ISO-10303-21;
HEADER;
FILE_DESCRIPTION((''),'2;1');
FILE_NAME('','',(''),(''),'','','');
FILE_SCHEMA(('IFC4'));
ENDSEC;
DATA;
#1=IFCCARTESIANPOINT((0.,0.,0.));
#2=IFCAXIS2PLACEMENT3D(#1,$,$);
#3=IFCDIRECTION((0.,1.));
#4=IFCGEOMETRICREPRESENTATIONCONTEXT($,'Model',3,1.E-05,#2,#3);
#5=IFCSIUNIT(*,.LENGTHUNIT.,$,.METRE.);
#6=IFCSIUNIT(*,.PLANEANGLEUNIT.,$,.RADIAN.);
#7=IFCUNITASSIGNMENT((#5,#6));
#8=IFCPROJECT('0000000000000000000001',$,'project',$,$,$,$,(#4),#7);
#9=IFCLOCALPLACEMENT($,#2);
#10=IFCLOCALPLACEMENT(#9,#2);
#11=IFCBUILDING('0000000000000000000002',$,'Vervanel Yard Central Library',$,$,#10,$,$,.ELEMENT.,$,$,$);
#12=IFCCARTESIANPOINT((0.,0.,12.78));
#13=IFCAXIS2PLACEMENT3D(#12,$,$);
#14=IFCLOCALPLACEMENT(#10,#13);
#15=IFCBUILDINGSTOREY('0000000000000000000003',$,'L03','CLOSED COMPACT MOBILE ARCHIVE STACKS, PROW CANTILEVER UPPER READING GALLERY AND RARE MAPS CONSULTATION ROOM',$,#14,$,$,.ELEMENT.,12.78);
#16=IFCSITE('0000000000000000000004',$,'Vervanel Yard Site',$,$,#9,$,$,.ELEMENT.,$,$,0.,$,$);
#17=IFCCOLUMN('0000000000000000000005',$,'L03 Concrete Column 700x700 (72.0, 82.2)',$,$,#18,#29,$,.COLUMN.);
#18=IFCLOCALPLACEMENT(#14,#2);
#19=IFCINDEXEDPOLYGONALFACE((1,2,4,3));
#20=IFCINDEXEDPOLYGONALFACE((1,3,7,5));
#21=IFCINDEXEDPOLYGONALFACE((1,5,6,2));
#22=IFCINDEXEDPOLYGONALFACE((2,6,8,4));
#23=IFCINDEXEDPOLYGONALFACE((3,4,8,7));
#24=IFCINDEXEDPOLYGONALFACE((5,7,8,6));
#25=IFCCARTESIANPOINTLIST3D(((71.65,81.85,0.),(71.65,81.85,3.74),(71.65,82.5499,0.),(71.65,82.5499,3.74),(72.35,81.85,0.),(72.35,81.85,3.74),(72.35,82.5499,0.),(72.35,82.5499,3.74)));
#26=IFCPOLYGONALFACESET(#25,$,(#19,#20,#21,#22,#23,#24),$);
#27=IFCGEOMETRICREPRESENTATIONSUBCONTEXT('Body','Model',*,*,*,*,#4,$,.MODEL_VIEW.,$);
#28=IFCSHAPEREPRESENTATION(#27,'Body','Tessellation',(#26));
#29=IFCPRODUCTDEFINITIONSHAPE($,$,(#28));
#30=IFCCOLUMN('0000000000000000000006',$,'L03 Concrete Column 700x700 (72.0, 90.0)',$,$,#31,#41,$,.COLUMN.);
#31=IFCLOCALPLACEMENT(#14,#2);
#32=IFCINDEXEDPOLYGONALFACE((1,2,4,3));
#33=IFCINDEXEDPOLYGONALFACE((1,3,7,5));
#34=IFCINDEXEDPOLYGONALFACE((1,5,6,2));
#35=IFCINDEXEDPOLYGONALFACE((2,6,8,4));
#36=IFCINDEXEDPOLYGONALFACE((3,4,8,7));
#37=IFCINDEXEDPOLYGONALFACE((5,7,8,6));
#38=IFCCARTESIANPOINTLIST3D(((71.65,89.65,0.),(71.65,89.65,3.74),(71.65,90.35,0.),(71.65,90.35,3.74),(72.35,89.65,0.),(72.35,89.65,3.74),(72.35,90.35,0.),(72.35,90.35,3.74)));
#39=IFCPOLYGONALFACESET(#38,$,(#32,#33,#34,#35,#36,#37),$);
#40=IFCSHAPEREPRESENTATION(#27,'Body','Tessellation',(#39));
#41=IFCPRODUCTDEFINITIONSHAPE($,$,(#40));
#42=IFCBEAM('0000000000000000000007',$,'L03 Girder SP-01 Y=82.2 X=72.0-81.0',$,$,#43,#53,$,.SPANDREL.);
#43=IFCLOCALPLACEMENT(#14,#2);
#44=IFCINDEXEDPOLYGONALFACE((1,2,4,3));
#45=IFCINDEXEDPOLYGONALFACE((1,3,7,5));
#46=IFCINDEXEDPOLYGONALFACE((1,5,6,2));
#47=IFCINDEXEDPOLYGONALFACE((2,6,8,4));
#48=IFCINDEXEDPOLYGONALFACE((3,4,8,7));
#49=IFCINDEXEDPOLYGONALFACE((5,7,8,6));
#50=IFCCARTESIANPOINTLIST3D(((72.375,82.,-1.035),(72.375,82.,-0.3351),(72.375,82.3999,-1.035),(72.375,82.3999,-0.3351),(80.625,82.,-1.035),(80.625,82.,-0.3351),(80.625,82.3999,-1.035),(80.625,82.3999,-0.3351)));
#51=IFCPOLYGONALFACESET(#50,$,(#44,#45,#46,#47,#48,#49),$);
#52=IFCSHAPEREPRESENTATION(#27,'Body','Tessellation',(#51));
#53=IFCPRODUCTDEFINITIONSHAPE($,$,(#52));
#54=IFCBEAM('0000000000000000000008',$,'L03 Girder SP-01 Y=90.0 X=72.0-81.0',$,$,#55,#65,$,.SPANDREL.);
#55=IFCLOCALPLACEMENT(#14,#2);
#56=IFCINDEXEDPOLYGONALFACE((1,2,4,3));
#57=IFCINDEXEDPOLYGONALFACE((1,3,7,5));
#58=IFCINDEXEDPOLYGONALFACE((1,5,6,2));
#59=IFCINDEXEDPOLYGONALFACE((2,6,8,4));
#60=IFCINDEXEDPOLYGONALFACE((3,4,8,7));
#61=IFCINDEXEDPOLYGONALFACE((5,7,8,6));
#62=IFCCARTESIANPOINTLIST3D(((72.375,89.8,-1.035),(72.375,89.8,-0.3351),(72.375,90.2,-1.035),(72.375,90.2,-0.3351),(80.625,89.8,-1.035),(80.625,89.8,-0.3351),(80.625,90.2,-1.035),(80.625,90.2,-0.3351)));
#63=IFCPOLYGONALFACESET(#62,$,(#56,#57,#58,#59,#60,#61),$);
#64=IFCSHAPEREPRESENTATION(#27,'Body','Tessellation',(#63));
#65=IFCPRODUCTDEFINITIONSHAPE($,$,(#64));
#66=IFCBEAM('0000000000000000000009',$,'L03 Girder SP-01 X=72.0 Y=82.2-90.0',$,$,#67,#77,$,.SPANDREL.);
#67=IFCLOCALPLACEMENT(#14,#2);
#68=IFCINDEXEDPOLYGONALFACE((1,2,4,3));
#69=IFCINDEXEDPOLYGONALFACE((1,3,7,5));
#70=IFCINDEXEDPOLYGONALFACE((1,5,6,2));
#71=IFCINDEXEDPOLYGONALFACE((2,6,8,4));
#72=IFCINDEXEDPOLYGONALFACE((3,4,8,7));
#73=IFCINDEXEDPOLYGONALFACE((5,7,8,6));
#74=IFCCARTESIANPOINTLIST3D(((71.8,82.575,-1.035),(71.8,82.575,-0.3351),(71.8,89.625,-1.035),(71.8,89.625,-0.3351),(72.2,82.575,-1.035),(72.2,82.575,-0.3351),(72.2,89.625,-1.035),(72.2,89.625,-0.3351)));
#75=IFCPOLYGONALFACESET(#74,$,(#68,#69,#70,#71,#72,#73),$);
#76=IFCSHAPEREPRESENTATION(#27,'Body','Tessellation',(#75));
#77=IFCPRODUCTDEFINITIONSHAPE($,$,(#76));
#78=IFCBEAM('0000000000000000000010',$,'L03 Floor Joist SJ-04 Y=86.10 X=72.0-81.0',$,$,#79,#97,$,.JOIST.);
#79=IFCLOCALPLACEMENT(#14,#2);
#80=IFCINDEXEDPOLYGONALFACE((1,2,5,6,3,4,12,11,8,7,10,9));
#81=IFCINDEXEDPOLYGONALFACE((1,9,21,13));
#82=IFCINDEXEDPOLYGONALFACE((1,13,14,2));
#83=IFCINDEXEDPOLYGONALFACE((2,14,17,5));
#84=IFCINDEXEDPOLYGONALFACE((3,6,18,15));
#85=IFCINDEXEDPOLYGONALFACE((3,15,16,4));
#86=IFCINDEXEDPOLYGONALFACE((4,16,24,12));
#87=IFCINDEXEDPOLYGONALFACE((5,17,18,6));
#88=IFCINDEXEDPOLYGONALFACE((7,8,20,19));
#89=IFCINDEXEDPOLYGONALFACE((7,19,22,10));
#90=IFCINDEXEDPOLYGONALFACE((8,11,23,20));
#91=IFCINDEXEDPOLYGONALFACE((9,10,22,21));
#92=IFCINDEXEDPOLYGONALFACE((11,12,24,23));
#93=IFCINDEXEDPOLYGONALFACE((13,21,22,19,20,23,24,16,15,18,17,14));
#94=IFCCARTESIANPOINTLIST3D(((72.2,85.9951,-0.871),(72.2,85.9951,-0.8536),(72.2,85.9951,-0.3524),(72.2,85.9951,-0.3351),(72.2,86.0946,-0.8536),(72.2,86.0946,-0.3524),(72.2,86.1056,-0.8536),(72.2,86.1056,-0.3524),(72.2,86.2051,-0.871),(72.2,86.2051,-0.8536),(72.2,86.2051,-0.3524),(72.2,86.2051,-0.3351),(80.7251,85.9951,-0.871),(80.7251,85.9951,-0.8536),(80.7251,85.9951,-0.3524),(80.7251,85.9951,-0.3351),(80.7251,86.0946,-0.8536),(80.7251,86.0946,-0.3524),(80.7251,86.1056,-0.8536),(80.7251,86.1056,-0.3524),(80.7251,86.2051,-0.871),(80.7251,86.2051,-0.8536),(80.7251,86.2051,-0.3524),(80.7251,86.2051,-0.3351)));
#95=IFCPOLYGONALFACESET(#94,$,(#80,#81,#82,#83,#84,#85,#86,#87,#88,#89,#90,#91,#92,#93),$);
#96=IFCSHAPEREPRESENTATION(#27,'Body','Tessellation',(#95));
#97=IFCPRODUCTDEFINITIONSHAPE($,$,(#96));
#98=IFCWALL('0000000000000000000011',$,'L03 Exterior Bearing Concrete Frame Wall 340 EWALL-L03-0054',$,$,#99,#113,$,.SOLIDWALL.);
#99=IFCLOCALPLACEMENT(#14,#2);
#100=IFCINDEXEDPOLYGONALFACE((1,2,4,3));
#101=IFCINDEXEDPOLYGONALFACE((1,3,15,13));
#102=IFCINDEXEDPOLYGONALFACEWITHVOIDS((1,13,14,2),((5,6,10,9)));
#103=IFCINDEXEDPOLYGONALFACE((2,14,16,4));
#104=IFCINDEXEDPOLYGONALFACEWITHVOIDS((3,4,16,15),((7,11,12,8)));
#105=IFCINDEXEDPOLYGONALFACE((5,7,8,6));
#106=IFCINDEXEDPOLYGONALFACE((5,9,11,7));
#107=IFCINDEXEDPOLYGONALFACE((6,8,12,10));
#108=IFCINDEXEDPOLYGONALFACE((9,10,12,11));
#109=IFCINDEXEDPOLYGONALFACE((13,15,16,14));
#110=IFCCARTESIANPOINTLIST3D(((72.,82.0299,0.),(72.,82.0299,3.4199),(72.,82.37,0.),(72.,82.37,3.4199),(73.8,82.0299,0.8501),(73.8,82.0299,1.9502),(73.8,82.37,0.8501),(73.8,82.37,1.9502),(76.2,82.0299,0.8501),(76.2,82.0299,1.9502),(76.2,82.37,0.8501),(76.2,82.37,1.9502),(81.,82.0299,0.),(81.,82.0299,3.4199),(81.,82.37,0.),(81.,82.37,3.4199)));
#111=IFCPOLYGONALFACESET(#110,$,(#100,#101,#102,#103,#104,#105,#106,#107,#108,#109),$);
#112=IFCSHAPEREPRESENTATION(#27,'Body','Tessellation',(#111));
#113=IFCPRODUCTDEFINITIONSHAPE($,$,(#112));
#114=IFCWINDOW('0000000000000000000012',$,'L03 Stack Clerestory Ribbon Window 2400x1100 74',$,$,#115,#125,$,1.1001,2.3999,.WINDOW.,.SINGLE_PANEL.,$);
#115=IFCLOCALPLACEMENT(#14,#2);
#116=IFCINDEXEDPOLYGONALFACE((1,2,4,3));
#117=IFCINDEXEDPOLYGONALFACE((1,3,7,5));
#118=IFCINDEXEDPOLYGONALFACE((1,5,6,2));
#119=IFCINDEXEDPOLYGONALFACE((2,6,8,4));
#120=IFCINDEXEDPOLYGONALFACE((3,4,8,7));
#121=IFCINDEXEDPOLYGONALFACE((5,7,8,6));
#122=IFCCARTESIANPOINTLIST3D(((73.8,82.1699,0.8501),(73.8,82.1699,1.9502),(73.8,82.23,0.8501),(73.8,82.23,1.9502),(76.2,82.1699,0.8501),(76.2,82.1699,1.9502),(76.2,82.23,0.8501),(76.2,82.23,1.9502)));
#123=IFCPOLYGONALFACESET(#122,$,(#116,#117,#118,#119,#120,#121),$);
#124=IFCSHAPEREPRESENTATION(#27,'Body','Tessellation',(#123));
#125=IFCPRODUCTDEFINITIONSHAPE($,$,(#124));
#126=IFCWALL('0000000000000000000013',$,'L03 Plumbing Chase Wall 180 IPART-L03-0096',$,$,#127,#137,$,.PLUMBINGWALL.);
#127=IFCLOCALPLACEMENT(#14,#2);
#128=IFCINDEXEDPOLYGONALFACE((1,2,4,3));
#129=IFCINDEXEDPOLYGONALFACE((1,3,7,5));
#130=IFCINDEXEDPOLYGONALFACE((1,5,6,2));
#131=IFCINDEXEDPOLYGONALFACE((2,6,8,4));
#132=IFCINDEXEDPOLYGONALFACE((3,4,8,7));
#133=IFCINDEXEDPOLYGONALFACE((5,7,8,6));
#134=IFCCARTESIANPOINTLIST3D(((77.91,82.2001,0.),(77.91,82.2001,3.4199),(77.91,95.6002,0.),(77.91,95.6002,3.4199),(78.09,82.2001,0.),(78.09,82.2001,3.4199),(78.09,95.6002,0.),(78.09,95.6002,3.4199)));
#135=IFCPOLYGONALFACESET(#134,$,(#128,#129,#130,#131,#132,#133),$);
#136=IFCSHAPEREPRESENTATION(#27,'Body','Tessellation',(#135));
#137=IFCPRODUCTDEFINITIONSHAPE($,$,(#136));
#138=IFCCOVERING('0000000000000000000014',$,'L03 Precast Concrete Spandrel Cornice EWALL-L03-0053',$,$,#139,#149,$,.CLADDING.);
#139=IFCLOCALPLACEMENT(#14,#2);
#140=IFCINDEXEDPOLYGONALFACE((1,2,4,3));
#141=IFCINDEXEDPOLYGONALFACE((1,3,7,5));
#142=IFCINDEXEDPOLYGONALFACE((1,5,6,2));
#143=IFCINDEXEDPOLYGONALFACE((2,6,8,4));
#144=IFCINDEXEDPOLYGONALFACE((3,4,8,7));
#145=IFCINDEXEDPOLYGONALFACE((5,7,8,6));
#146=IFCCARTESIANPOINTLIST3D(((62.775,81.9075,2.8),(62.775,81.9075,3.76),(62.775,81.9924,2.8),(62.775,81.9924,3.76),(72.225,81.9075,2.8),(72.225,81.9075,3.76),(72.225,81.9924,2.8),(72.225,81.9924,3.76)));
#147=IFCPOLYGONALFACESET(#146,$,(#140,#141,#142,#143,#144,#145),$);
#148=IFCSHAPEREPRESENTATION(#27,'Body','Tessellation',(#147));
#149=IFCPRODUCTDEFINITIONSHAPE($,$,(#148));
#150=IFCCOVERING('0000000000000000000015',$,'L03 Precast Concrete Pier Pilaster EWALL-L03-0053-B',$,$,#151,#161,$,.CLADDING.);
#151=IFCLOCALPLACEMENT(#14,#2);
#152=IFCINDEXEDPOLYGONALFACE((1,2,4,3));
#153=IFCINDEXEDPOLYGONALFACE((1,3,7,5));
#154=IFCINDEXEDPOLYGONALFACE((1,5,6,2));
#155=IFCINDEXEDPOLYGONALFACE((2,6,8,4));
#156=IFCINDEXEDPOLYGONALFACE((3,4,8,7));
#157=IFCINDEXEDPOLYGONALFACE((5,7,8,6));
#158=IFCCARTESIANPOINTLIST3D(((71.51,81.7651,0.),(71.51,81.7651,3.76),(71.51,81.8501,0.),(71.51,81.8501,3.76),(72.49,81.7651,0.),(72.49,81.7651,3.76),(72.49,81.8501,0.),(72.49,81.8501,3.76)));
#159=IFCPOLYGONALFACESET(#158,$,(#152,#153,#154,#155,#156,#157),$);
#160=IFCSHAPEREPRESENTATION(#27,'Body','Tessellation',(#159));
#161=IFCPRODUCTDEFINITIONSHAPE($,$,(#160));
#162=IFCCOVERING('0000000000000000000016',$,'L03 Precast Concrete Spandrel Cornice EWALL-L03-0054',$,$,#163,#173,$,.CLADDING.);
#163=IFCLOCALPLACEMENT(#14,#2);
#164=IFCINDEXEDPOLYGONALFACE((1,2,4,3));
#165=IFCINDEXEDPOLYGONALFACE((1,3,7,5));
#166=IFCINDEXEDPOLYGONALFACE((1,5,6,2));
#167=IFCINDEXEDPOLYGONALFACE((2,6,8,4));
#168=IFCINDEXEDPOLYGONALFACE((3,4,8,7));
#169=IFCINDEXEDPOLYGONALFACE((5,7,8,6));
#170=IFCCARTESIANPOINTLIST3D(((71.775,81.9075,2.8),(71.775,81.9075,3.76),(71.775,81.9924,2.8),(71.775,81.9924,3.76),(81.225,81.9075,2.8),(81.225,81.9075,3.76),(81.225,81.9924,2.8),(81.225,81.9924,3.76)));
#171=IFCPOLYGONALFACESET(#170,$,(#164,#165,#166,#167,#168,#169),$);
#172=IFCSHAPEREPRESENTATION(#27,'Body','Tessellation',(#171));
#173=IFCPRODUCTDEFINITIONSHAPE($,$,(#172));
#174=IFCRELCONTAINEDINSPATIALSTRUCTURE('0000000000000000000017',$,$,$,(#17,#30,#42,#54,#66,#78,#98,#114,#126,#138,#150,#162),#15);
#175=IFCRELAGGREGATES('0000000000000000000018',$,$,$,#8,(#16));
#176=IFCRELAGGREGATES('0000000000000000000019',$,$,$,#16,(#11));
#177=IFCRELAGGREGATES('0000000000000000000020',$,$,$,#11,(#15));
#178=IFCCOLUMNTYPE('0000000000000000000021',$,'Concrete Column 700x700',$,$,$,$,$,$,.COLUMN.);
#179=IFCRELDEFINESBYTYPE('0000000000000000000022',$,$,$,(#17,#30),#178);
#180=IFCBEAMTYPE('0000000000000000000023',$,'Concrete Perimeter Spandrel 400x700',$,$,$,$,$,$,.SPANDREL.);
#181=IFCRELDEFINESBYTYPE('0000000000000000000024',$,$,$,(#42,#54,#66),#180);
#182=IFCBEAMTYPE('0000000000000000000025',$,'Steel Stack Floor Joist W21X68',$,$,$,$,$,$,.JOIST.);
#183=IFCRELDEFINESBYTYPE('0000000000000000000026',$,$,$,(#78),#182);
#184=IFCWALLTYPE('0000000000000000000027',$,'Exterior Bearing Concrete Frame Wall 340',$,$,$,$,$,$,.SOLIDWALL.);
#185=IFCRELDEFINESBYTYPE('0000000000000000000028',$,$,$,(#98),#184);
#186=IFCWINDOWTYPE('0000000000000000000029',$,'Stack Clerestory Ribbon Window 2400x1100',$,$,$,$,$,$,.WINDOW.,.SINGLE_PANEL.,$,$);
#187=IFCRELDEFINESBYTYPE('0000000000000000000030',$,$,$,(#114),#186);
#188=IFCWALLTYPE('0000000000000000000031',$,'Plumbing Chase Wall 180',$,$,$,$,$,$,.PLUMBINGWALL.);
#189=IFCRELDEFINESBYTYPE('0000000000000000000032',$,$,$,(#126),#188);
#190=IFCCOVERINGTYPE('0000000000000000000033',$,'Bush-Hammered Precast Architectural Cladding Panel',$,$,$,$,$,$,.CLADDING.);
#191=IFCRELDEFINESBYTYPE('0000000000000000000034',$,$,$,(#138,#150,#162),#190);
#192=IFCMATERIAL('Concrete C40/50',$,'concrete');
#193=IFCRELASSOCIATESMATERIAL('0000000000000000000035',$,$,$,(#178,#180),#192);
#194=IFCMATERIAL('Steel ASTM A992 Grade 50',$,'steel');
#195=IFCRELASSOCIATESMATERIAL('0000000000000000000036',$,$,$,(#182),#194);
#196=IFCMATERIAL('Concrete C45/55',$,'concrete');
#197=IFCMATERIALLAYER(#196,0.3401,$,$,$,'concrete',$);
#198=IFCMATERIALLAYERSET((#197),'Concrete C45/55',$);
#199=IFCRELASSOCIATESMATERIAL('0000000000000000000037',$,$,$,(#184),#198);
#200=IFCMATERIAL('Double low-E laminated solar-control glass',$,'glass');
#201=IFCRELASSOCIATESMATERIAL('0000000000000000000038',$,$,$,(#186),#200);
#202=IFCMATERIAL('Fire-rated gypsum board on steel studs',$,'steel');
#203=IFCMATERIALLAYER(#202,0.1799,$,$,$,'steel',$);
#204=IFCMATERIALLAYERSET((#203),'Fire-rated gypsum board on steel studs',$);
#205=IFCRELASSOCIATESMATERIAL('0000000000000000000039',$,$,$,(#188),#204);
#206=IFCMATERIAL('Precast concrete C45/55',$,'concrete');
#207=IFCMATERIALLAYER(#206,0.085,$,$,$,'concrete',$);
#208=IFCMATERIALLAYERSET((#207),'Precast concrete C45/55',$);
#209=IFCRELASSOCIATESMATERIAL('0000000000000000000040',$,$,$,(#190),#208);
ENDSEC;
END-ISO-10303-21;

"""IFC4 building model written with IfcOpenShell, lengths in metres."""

from ifc_helpers import new_model, si_unit, direction, frame, frame_2d, origin, origin_2d, place, context, subcontext, project, spatial, rectangle, i_section, extrude, material, layer, layer_set, material_profile, profile_set, type_object, element, fill, save


model = new_model("IFC4")

# Units and contexts
model_context = context("Model", 3, precision=1e-05, world=origin(), true_north=direction((0.0, 1.0)))
body_context = subcontext(model_context, "Body", "Model", "MODEL_VIEW")
ifc_project = project(units=[si_unit("LENGTHUNIT", "METRE"), si_unit("PLANEANGLEUNIT", "RADIAN")], contexts=[model_context])

# Site, building, storey
site_placement = place(None, origin())
site = spatial("IfcSite", under=ifc_project, at=site_placement, Name="Vervanel Yard Site", CompositionType="ELEMENT", RefElevation=0.0)
building_placement = place(site_placement, origin())
building = spatial("IfcBuilding", under=site, at=building_placement, Name="Vervanel Yard Central Library", CompositionType="ELEMENT")
storey_placement = place(building_placement, frame((0.0, 0.0, 12.78)))
storey = spatial("IfcBuildingStorey", under=building, at=storey_placement, Name="L03", Description="CLOSED COMPACT MOBILE ARCHIVE STACKS, PROW CANTILEVER UPPER READING GALLERY AND RARE MAPS CONSULTATION ROOM", CompositionType="ELEMENT", Elevation=12.78)

# Columns
ifc_material_1 = material(Name="Concrete C40/50", Category="concrete")
ifc_material_profile_1 = material_profile(ifc_material_1, rectangle(XDim=0.7, YDim=0.7, at=origin_2d()), Name="RC 700x700", Category="concrete")
ifc_profile_set_1 = profile_set([ifc_material_profile_1], Name="Concrete C40/50")
column_type = type_object("IfcColumnType", Name="Concrete Column 700x700", PredefinedType="COLUMN", material=ifc_profile_set_1)
for number, where, z_axis, x_axis, name in (
    (1, (72.0, 82.2, 0.0), (0.0, 0.0, 1.0), (1.0, 0.0, 0.0), "L03 Concrete Column 700x700 (72.0, 82.2)"),
    (2, (72.0, 90.0, 0.0), (0.0, 0.0, 1.0), (1.0, 0.0, 0.0), "L03 Concrete Column 700x700 (72.0, 90.0)"),
):
    element("IfcColumn", number, at=place(storey_placement, frame(where, z_axis=z_axis, x_axis=x_axis)), inside=storey, type_object=column_type, Name=name, PredefinedType="COLUMN", context=body_context, shape_type="SweptSolid", body=[
        extrude(rectangle(XDim=0.7, YDim=0.7, at=origin_2d()), origin(), (0.0, 0.0, 1.0), 3.74),
    ])

# Beams
ifc_material_profile_2 = material_profile(ifc_material_1, rectangle(XDim=0.3999, YDim=0.7, at=origin_2d()), Name="RC 400x700", Category="concrete")
ifc_profile_set_2 = profile_set([ifc_material_profile_2], Name="Concrete C40/50")
beam_type_1 = type_object("IfcBeamType", Name="Concrete Perimeter Spandrel 400x700", PredefinedType="SPANDREL", material=ifc_profile_set_2)
for number, where, z_axis, x_axis, name in (
    (3, (72.375, 82.2, -0.6851), (1.0, 0.0, 0.0), (0.0, 1.0, 0.0), "L03 Girder SP-01 Y=82.2 X=72.0-81.0"),
    (4, (72.375, 90.0, -0.6851), (1.0, 0.0, 0.0), (0.0, 1.0, 0.0), "L03 Girder SP-01 Y=90.0 X=72.0-81.0"),
):
    element("IfcBeam", number, at=place(storey_placement, frame(where, z_axis=z_axis, x_axis=x_axis)), inside=storey, type_object=beam_type_1, Name=name, PredefinedType="SPANDREL", context=body_context, shape_type="SweptSolid", body=[
        extrude(rectangle(XDim=0.3999, YDim=0.7, at=origin_2d()), origin(), (0.0, 0.0, 1.0), 8.25),
    ])
beam_1_placement = place(storey_placement, frame((72.0, 82.575, -0.6851), z_axis=(0.0, 1.0, 0.0), x_axis=(-1.0, 0.0, 0.0)))
element("IfcBeam", 5, at=beam_1_placement, inside=storey, type_object=beam_type_1, Name="L03 Girder SP-01 X=72.0 Y=82.2-90.0", PredefinedType="SPANDREL", context=body_context, shape_type="SweptSolid", body=[
    extrude(rectangle(XDim=0.3999, YDim=0.7, at=origin_2d()), origin(), (0.0, 0.0, 1.0), 7.05),
])
ifc_material_2 = material(Name="Steel ASTM A992 Grade 50", Category="steel")
ifc_material_profile_3 = material_profile(ifc_material_2, i_section(OverallWidth=0.21, OverallDepth=0.5359, WebThickness=0.011, FlangeThickness=0.0173, at=origin_2d()), Name="W21X68", Category="steel")
ifc_profile_set_3 = profile_set([ifc_material_profile_3], Name="Steel ASTM A992 Grade 50")
beam_type_2 = type_object("IfcBeamType", Name="Steel Stack Floor Joist W21X68", PredefinedType="JOIST", material=ifc_profile_set_3)
beam_2_placement = place(storey_placement, frame((72.2, 86.1001, -0.603), z_axis=(1.0, 0.0, 0.0), x_axis=(0.0, 1.0, 0.0)))
element("IfcBeam", 6, at=beam_2_placement, inside=storey, type_object=beam_type_2, Name="L03 Floor Joist SJ-04 Y=86.10 X=72.0-81.0", PredefinedType="JOIST", context=body_context, shape_type="SweptSolid", body=[
    extrude(i_section(OverallWidth=0.21, OverallDepth=0.5359, WebThickness=0.011, FlangeThickness=0.0173, at=origin_2d()), origin(), (0.0, 0.0, 1.0), 8.5251),
])

# Wall, opening, window
ifc_material_3 = material(Name="Concrete C45/55", Category="concrete")
ifc_layer_1 = layer(ifc_material_3, 0.3401, Category="concrete")
ifc_layer_set_1 = layer_set([ifc_layer_1], Name="Concrete C45/55")
wall_type_1 = type_object("IfcWallType", Name="Exterior Bearing Concrete Frame Wall 340", PredefinedType="SOLIDWALL", material=ifc_layer_set_1)
wall_1_placement = place(storey_placement, frame((72.0, 82.2, 0.0), z_axis=(0.0, 0.0, 1.0), x_axis=(1.0, 0.0, 0.0)))
wall_1 = element("IfcWall", 7, at=wall_1_placement, inside=storey, type_object=wall_type_1, Name="L03 Exterior Bearing Concrete Frame Wall 340 EWALL-L03-0054", PredefinedType="SOLIDWALL", context=body_context, shape_type="SweptSolid", body=[
    extrude(rectangle(XDim=9.0, YDim=0.3401, at=frame_2d((4.5, 0.0))), origin(), (0.0, 0.0, 1.0), 3.4199),
])
opening_placement = place(wall_1_placement, frame((1.8, 0.0, 0.8501)))
opening = element("IfcOpeningElement", 8, at=opening_placement, cuts=wall_1, PredefinedType="OPENING", context=body_context, shape_type="SweptSolid", body=[
    extrude(rectangle(XDim=2.3999, YDim=1.1001, at=frame_2d((1.2, 0.55))), frame((0.0, 0.1799, 0.0), z_axis=(0.0, -1.0, 0.0), x_axis=(1.0, 0.0, 0.0)), (0.0, 0.0, 1.0), 0.3601),
])
ifc_material_4 = material(Name="Double low-E laminated solar-control glass", Category="glass")
window_type = type_object("IfcWindowType", Name="Stack Clerestory Ribbon Window 2400x1100", PartitioningType="SINGLE_PANEL", PredefinedType="WINDOW", material=ifc_material_4)
window_placement = place(opening_placement, origin())
window = element("IfcWindow", 9, at=window_placement, inside=storey, type_object=window_type, Name="L03 Stack Clerestory Ribbon Window 2400x1100 74", OverallHeight=1.1001, OverallWidth=2.3999, PartitioningType="SINGLE_PANEL", PredefinedType="WINDOW", context=body_context, shape_type="SweptSolid", body=[
    extrude(rectangle(XDim=2.3999, YDim=1.1001, at=frame_2d((1.2, 0.55))), frame((0.0, 0.03, 0.0), z_axis=(0.0, -1.0, 0.0), x_axis=(1.0, 0.0, 0.0)), (0.0, 0.0, 1.0), 0.0601),
])
fill(opening, window)

# Wall
ifc_material_5 = material(Name="Fire-rated gypsum board on steel studs", Category="steel")
ifc_layer_2 = layer(ifc_material_5, 0.1799, Category="steel")
ifc_layer_set_2 = layer_set([ifc_layer_2], Name="Fire-rated gypsum board on steel studs")
wall_type_2 = type_object("IfcWallType", Name="Plumbing Chase Wall 180", PredefinedType="PLUMBINGWALL", material=ifc_layer_set_2)
wall_2_placement = place(storey_placement, frame((78.0, 82.2, 0.0), z_axis=(0.0, 0.0, 1.0), x_axis=(0.0, 1.0, 0.0)))
element("IfcWall", 10, at=wall_2_placement, inside=storey, type_object=wall_type_2, Name="L03 Plumbing Chase Wall 180 IPART-L03-0096", PredefinedType="PLUMBINGWALL", context=body_context, shape_type="SweptSolid", body=[
    extrude(rectangle(XDim=13.4001, YDim=0.1799, at=frame_2d((6.7002, 0.0))), origin(), (0.0, 0.0, 1.0), 3.4199),
])

# Coverings
ifc_material_6 = material(Name="Precast concrete C45/55", Category="concrete")
ifc_layer_3 = layer(ifc_material_6, 0.085, Category="concrete")
ifc_layer_set_3 = layer_set([ifc_layer_3], Name="Precast concrete C45/55")
covering_type = type_object("IfcCoveringType", Name="Bush-Hammered Precast Architectural Cladding Panel", PredefinedType="CLADDING", material=ifc_layer_set_3)
covering_1_placement = place(storey_placement, frame((67.5, 81.95, 2.8), z_axis=(0.0, 0.0, 1.0), x_axis=(1.0, 0.0, 0.0)))
element("IfcCovering", 11, at=covering_1_placement, inside=storey, type_object=covering_type, Name="L03 Precast Concrete Spandrel Cornice EWALL-L03-0053", PredefinedType="CLADDING", context=body_context, shape_type="SweptSolid", body=[
    extrude(rectangle(XDim=9.45, YDim=0.085, at=origin_2d()), origin(), (0.0, 0.0, 1.0), 0.96),
])
covering_2_placement = place(storey_placement, frame((72.0, 81.8076, 0.0), z_axis=(0.0, 0.0, 1.0), x_axis=(1.0, 0.0, 0.0)))
element("IfcCovering", 12, at=covering_2_placement, inside=storey, type_object=covering_type, Name="L03 Precast Concrete Pier Pilaster EWALL-L03-0053-B", PredefinedType="CLADDING", context=body_context, shape_type="SweptSolid", body=[
    extrude(rectangle(XDim=0.98, YDim=0.085, at=origin_2d()), origin(), (0.0, 0.0, 1.0), 3.76),
])
covering_3_placement = place(storey_placement, frame((76.5, 81.95, 2.8), z_axis=(0.0, 0.0, 1.0), x_axis=(1.0, 0.0, 0.0)))
element("IfcCovering", 13, at=covering_3_placement, inside=storey, type_object=covering_type, Name="L03 Precast Concrete Spandrel Cornice EWALL-L03-0054", PredefinedType="CLADDING", context=body_context, shape_type="SweptSolid", body=[
    extrude(rectangle(XDim=9.45, YDim=0.085, at=origin_2d()), origin(), (0.0, 0.0, 1.0), 0.96),
])

save(model, "model.ifc")
